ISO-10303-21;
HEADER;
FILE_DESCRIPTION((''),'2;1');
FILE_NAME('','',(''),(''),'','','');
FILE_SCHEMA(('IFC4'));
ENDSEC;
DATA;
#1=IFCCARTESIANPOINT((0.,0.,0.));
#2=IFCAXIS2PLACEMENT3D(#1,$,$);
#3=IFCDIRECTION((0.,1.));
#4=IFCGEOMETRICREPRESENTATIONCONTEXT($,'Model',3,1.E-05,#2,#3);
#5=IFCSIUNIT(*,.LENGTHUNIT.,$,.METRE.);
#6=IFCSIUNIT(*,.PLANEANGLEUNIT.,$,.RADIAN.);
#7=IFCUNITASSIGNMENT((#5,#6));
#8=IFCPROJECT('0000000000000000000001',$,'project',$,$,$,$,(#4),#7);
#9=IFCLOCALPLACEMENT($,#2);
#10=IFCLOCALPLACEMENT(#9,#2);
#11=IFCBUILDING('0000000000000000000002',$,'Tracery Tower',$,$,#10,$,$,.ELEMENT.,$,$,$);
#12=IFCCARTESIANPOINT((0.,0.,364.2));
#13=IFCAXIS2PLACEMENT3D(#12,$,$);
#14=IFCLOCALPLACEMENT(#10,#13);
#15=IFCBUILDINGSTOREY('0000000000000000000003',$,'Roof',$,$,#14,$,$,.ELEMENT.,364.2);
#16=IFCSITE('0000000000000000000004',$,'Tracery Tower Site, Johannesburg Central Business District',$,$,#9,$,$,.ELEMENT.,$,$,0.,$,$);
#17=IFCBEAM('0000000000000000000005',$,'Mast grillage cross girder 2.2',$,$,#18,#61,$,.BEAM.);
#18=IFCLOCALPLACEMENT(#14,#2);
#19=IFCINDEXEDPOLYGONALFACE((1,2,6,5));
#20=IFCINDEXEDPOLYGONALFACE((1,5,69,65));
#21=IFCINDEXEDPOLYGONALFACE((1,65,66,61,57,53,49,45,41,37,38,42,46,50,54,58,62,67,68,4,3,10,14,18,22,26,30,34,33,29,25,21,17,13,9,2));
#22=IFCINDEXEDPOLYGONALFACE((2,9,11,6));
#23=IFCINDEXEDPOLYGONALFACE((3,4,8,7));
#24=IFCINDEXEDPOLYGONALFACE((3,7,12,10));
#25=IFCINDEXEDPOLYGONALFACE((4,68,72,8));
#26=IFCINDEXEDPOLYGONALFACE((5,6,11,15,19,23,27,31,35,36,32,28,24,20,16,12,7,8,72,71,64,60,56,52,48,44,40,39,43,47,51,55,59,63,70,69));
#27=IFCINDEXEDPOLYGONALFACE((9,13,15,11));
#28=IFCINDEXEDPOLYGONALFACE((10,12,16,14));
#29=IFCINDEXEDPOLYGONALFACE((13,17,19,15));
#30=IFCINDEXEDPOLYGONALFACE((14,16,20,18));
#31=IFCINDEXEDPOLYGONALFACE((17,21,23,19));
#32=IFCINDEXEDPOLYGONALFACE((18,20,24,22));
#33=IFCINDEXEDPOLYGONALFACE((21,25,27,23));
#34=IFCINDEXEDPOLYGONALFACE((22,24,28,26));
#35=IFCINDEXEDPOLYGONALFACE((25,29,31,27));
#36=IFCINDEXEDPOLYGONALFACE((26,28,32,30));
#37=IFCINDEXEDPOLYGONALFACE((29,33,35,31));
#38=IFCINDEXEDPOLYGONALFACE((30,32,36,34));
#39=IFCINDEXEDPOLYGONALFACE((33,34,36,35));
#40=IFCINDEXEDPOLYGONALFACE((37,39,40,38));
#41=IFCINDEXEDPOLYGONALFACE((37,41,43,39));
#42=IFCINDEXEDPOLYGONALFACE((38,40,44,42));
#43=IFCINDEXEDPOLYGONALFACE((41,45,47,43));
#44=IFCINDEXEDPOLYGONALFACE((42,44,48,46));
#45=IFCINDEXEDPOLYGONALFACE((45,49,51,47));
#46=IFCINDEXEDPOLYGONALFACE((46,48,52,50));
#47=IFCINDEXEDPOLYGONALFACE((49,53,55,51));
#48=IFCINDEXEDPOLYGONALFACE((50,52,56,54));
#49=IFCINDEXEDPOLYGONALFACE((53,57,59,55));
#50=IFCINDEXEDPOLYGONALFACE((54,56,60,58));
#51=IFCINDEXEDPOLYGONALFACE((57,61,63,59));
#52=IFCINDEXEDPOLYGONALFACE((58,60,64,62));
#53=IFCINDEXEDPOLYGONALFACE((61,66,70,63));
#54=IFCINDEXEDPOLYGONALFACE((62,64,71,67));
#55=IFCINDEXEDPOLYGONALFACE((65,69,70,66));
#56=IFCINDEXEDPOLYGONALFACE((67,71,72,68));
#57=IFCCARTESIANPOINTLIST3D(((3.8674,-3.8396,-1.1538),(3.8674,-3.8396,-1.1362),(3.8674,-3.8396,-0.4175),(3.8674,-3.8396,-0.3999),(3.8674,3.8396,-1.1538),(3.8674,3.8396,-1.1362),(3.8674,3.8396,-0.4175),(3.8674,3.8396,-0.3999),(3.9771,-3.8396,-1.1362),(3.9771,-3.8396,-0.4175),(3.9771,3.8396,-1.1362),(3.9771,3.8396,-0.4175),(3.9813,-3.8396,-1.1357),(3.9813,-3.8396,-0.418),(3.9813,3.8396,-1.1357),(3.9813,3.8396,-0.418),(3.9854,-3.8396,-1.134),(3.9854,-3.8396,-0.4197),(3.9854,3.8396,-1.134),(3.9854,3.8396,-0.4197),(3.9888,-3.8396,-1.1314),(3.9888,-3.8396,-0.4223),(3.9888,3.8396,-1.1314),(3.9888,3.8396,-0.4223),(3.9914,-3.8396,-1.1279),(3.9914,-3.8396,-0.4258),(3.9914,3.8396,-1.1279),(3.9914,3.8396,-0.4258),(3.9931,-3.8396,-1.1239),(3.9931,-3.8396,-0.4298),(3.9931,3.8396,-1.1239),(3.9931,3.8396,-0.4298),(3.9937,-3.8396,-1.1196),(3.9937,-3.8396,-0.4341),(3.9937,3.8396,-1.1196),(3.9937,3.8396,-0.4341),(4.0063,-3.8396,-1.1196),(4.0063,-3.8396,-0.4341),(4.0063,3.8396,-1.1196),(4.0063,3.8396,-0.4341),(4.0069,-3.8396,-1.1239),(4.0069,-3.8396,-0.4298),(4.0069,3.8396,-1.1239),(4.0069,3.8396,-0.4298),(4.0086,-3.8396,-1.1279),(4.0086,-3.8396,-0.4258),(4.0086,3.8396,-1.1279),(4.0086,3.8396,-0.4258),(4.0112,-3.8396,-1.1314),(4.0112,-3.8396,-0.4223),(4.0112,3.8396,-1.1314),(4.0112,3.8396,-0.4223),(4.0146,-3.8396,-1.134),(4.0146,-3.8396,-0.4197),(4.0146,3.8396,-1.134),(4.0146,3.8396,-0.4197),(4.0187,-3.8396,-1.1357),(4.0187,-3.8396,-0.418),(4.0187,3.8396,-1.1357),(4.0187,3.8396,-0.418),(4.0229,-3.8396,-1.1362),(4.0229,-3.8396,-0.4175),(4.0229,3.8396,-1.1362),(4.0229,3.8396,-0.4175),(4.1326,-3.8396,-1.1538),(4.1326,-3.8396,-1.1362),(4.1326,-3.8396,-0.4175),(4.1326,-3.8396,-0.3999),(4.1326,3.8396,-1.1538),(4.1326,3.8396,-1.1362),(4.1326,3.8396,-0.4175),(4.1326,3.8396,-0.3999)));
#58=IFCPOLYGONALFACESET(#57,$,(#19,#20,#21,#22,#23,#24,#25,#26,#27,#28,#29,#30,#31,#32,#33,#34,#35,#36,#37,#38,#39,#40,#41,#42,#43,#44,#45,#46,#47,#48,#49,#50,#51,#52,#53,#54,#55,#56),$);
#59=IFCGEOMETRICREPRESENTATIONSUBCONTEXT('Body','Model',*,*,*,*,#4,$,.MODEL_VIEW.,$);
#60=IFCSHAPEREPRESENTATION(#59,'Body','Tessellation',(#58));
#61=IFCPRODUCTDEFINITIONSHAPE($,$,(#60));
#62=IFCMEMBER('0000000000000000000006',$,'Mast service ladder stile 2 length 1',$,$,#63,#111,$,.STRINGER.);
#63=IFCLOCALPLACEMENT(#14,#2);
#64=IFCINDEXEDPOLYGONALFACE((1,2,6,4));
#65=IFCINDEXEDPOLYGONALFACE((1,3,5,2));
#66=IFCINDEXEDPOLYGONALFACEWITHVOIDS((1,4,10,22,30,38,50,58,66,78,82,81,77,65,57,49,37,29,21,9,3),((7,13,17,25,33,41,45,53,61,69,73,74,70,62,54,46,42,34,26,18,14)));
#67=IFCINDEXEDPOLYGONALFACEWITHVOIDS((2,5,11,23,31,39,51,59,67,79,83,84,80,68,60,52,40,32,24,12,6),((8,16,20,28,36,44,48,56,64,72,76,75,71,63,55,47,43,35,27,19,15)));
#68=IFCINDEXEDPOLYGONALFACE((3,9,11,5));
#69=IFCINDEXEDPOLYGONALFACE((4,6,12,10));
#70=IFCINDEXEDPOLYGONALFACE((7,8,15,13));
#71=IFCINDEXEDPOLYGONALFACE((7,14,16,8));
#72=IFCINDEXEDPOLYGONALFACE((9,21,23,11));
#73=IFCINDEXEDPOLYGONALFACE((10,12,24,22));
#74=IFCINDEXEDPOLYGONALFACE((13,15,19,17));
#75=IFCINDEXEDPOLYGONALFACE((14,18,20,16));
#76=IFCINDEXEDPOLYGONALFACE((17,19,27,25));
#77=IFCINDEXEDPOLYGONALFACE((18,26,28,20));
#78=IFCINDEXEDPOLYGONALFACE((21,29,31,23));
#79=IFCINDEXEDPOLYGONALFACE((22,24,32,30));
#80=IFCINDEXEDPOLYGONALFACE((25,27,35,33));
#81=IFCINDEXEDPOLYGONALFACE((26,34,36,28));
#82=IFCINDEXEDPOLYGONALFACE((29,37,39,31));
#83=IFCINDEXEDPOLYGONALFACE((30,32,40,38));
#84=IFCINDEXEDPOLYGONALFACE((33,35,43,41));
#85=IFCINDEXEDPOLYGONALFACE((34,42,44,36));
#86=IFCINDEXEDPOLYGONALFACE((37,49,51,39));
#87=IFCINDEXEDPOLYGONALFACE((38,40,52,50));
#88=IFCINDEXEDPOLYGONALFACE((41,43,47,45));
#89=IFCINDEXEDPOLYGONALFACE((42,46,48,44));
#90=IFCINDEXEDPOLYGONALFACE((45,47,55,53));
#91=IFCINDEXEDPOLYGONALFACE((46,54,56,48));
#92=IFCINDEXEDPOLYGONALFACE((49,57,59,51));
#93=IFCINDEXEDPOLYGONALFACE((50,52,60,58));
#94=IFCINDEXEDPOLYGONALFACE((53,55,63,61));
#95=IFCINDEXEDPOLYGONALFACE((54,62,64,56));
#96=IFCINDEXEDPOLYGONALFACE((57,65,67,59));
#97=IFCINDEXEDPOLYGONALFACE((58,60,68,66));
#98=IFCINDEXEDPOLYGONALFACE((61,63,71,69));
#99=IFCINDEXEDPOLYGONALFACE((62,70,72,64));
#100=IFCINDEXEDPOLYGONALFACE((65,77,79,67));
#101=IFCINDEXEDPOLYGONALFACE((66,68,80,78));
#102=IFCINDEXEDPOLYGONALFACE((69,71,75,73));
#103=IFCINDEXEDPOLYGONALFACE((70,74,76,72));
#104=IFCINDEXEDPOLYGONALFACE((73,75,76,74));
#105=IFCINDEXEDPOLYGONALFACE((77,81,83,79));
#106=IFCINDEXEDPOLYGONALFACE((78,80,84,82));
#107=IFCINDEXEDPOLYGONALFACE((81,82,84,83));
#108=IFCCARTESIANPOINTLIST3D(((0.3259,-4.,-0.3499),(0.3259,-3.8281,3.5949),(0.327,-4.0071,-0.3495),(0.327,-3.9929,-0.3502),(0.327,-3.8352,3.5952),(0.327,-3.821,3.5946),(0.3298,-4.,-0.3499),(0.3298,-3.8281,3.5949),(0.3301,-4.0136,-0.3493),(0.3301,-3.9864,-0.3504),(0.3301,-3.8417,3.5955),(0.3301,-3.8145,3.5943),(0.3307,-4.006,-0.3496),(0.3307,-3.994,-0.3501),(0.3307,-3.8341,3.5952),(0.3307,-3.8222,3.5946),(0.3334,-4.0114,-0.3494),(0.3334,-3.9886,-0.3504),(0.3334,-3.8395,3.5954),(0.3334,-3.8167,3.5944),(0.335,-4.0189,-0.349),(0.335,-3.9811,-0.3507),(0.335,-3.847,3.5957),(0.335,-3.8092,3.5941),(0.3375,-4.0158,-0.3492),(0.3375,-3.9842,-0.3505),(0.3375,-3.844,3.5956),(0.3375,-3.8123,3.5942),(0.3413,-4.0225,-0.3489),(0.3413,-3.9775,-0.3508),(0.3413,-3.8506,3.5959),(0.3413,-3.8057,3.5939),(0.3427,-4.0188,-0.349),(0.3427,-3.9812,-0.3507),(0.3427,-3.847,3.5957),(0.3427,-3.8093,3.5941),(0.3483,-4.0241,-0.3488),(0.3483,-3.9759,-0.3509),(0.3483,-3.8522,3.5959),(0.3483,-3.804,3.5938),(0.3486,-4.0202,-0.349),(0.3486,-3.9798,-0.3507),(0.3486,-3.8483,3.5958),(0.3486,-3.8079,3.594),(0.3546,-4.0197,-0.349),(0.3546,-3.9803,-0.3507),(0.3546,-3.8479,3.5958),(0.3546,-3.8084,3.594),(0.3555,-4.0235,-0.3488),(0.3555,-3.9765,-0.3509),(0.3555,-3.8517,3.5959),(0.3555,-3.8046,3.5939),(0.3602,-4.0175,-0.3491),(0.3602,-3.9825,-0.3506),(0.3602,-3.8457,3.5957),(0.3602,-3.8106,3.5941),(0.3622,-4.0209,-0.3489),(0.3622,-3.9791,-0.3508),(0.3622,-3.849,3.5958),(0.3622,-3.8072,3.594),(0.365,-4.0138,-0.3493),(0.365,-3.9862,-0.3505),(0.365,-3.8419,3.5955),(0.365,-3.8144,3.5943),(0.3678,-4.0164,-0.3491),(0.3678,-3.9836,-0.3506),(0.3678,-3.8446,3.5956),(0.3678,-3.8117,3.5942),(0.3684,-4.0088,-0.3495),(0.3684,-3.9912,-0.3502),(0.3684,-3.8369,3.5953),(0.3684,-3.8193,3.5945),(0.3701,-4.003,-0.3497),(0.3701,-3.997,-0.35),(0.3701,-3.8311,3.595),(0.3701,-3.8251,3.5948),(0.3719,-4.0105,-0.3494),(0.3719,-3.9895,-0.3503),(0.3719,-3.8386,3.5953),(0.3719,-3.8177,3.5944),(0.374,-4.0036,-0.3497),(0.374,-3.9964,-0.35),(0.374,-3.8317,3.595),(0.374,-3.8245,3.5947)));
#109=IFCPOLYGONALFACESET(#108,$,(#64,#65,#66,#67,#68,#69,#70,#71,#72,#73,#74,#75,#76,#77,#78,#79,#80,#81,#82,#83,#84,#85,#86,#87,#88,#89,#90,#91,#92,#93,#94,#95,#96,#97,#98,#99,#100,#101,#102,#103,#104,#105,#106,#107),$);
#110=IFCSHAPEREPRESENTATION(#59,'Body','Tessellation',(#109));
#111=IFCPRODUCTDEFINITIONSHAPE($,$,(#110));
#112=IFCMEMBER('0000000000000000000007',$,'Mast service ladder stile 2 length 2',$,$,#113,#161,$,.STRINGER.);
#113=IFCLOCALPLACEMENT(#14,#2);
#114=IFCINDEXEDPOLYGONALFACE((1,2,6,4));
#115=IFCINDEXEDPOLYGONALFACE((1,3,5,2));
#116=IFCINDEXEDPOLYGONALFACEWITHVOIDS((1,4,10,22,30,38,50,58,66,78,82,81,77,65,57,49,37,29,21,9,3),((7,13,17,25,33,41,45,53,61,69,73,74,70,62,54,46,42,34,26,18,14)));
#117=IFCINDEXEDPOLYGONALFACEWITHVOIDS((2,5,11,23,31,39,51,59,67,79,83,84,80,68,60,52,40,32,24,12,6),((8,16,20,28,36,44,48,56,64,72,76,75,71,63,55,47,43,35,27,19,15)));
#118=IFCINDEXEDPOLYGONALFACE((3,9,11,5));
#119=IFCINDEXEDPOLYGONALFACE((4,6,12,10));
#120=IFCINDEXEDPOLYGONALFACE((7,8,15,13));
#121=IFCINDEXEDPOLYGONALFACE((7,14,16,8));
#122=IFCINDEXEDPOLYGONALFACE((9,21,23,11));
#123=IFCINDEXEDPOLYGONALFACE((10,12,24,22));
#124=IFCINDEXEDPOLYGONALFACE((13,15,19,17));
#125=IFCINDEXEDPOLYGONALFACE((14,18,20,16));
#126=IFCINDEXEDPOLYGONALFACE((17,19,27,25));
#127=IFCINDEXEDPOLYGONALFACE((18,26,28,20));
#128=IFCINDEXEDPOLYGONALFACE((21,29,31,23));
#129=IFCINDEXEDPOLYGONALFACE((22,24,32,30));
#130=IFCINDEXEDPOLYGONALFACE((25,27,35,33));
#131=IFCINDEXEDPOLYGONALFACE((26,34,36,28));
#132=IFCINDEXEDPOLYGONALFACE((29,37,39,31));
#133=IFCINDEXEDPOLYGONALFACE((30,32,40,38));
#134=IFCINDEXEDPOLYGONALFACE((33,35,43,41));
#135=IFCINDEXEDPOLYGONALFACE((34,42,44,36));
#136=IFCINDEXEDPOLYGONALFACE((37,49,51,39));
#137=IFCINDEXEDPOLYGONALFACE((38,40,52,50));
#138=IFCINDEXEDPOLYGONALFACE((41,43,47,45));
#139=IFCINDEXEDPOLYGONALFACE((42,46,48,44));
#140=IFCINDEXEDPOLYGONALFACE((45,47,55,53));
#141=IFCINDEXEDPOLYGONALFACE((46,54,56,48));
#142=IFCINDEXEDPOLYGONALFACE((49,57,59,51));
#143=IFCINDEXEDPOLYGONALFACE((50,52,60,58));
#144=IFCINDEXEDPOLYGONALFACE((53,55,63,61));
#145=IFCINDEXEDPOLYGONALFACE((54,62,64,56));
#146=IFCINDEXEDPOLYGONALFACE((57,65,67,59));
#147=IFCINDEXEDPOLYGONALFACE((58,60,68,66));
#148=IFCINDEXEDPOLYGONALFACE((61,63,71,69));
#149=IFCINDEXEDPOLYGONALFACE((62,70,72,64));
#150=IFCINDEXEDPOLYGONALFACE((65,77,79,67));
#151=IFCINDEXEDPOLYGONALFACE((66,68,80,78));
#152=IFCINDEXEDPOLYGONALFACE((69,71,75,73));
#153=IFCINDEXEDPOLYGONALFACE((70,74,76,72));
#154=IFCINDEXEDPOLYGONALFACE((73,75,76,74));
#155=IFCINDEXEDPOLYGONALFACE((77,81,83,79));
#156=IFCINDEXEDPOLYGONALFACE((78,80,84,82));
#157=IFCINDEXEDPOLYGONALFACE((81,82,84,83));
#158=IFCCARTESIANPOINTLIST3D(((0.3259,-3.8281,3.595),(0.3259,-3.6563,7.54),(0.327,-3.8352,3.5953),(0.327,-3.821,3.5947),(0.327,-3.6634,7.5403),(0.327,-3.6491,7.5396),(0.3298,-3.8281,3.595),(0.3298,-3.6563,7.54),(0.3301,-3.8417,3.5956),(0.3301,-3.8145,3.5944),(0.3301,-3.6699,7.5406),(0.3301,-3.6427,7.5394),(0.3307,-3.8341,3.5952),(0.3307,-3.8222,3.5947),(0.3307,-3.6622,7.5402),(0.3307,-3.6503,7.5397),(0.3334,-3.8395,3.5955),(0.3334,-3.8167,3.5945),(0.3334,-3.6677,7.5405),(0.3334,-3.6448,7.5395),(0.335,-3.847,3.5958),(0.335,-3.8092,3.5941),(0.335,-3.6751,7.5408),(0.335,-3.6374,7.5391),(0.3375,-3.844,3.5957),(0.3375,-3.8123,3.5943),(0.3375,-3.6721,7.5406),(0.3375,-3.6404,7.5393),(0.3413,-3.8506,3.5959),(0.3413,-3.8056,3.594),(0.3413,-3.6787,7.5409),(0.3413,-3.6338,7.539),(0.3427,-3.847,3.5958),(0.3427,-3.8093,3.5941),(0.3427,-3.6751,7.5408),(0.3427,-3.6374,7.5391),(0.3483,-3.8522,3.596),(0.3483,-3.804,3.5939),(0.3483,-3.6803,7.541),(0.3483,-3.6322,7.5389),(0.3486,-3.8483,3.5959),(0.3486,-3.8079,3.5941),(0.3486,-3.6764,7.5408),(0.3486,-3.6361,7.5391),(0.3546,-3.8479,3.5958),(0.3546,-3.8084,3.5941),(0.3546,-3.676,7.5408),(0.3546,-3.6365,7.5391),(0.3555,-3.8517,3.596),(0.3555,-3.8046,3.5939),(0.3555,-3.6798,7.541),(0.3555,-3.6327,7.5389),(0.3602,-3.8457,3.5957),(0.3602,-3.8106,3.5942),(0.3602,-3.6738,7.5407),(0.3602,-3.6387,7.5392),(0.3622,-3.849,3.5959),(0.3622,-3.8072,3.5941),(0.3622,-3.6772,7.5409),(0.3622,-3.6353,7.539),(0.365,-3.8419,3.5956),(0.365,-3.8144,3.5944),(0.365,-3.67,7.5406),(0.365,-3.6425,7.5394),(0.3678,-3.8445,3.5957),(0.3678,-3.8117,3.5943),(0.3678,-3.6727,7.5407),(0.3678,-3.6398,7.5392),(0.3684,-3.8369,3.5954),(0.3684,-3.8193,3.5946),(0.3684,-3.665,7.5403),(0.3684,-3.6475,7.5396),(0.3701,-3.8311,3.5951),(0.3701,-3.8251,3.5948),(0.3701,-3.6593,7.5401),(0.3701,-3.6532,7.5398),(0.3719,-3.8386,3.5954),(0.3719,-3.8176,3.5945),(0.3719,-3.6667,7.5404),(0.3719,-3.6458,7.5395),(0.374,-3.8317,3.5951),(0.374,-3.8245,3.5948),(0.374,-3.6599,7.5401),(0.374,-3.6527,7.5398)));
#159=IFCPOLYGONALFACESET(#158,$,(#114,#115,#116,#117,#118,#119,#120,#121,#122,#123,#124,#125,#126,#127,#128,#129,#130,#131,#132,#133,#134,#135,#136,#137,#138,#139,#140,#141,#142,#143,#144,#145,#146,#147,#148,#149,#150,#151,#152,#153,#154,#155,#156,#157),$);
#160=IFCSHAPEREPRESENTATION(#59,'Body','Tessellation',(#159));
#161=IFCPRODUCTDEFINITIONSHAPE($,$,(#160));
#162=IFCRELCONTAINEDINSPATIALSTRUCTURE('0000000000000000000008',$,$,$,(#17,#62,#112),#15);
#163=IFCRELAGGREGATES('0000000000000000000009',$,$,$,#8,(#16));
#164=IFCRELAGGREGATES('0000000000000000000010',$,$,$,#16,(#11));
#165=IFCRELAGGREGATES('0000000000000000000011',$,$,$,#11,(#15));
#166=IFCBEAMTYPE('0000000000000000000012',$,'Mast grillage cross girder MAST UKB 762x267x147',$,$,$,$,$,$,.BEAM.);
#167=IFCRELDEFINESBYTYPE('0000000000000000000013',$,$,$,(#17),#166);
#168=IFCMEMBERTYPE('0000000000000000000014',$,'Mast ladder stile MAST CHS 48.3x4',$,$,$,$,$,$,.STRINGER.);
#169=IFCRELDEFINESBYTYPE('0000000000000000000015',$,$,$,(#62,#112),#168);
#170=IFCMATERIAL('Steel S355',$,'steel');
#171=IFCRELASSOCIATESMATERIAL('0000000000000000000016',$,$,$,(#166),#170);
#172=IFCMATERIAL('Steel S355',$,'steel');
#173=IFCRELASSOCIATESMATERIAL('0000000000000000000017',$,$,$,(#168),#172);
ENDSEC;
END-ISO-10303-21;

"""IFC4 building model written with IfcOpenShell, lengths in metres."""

from ifc_helpers import new_model, si_unit, direction, frame, origin, origin_2d, place, context, subcontext, project, spatial, hollow_circle, i_section, extrude, material, material_profile, profile_set, type_object, element, save


model = new_model("IFC4")

# Units and contexts
model_context = context("Model", 3, precision=1e-05, world=origin(), true_north=direction((0.0, 1.0)))
body_context = subcontext(model_context, "Body", "Model", "MODEL_VIEW")
ifc_project = project(units=[si_unit("LENGTHUNIT", "METRE"), si_unit("PLANEANGLEUNIT", "RADIAN")], contexts=[model_context])

# Site, building, storey
site_placement = place(None, origin())
site = spatial("IfcSite", under=ifc_project, at=site_placement, Name="Tracery Tower Site, Johannesburg Central Business District", CompositionType="ELEMENT", RefElevation=0.0)
building_placement = place(site_placement, origin())
building = spatial("IfcBuilding", under=site, at=building_placement, Name="Tracery Tower", CompositionType="ELEMENT")
storey_placement = place(building_placement, frame((0.0, 0.0, 364.2)))
storey = spatial("IfcBuildingStorey", under=building, at=storey_placement, Name="Roof", CompositionType="ELEMENT", Elevation=364.2)

# Beam
ifc_material_1 = material(Name="Steel S355", Category="steel")
ifc_material_profile_1 = material_profile(ifc_material_1, i_section(OverallWidth=0.2651, OverallDepth=0.7539, WebThickness=0.0127, FlangeThickness=0.0176, FilletRadius=0.0166, at=origin_2d()), Name="UKB 762x267x147")
ifc_profile_set_1 = profile_set([ifc_material_profile_1], Name="Steel S355")
beam_type_1 = type_object("IfcBeamType", Name="Mast grillage cross girder MAST UKB 762x267x147", PredefinedType="BEAM", material=ifc_profile_set_1)
beam_1_placement = place(storey_placement, frame((4.0, -3.8396, -0.7769), z_axis=(0.0, 1.0, 0.0), x_axis=(-1.0, 0.0, 0.0)))
element("IfcBeam", 1, at=beam_1_placement, inside=storey, type_object=beam_type_1, Name="Mast grillage cross girder 2.2", PredefinedType="BEAM", context=body_context, shape_type="SweptSolid", body=[
    extrude(i_section(OverallWidth=0.2651, OverallDepth=0.7539, WebThickness=0.0127, FlangeThickness=0.0176, FilletRadius=0.0166, at=origin_2d()), origin(), (0.0, 0.0, 1.0), 7.6792),
])

# Members
ifc_material_2 = material(Name="Steel S355", Category="steel")
ifc_material_profile_2 = material_profile(ifc_material_2, hollow_circle(Radius=0.0242, WallThickness=0.0039, at=origin_2d()), Name="CHS 48.3x4")
ifc_profile_set_2 = profile_set([ifc_material_profile_2], Name="Steel S355")
member_type_1 = type_object("IfcMemberType", Name="Mast ladder stile MAST CHS 48.3x4", PredefinedType="STRINGER", material=ifc_profile_set_2)
member_1_placement = place(storey_placement, frame((0.3501, -4.0, -0.3499), z_axis=(0.0, 0.043528, 0.999052), x_axis=(-1.0, 0.0, 0.0)))
element("IfcMember", 2, at=member_1_placement, inside=storey, type_object=member_type_1, Name="Mast service ladder stile 2 length 1", PredefinedType="STRINGER", context=body_context, shape_type="SweptSolid", body=[
    extrude(hollow_circle(Radius=0.0242, WallThickness=0.0039, at=origin_2d()), origin(), (0.0, 0.0, 1.0), 3.9485),
])
for number, where, z_axis, x_axis, name in (
    (3, (0.3501, -3.8281, 3.595), (0.0, 0.043526, 0.999052), (-1.0, 0.0, 0.0), "Mast service ladder stile 2 length 2"),
):
    element("IfcMember", number, at=place(storey_placement, frame(where, z_axis=z_axis, x_axis=x_axis)), inside=storey, type_object=member_type_1, Name=name, PredefinedType="STRINGER", context=body_context, shape_type="SweptSolid", body=[
        extrude(hollow_circle(Radius=0.0242, WallThickness=0.0039, at=origin_2d()), origin(), (0.0, 0.0, 1.0), 3.9487),
    ])

save(model, "model.ifc")
